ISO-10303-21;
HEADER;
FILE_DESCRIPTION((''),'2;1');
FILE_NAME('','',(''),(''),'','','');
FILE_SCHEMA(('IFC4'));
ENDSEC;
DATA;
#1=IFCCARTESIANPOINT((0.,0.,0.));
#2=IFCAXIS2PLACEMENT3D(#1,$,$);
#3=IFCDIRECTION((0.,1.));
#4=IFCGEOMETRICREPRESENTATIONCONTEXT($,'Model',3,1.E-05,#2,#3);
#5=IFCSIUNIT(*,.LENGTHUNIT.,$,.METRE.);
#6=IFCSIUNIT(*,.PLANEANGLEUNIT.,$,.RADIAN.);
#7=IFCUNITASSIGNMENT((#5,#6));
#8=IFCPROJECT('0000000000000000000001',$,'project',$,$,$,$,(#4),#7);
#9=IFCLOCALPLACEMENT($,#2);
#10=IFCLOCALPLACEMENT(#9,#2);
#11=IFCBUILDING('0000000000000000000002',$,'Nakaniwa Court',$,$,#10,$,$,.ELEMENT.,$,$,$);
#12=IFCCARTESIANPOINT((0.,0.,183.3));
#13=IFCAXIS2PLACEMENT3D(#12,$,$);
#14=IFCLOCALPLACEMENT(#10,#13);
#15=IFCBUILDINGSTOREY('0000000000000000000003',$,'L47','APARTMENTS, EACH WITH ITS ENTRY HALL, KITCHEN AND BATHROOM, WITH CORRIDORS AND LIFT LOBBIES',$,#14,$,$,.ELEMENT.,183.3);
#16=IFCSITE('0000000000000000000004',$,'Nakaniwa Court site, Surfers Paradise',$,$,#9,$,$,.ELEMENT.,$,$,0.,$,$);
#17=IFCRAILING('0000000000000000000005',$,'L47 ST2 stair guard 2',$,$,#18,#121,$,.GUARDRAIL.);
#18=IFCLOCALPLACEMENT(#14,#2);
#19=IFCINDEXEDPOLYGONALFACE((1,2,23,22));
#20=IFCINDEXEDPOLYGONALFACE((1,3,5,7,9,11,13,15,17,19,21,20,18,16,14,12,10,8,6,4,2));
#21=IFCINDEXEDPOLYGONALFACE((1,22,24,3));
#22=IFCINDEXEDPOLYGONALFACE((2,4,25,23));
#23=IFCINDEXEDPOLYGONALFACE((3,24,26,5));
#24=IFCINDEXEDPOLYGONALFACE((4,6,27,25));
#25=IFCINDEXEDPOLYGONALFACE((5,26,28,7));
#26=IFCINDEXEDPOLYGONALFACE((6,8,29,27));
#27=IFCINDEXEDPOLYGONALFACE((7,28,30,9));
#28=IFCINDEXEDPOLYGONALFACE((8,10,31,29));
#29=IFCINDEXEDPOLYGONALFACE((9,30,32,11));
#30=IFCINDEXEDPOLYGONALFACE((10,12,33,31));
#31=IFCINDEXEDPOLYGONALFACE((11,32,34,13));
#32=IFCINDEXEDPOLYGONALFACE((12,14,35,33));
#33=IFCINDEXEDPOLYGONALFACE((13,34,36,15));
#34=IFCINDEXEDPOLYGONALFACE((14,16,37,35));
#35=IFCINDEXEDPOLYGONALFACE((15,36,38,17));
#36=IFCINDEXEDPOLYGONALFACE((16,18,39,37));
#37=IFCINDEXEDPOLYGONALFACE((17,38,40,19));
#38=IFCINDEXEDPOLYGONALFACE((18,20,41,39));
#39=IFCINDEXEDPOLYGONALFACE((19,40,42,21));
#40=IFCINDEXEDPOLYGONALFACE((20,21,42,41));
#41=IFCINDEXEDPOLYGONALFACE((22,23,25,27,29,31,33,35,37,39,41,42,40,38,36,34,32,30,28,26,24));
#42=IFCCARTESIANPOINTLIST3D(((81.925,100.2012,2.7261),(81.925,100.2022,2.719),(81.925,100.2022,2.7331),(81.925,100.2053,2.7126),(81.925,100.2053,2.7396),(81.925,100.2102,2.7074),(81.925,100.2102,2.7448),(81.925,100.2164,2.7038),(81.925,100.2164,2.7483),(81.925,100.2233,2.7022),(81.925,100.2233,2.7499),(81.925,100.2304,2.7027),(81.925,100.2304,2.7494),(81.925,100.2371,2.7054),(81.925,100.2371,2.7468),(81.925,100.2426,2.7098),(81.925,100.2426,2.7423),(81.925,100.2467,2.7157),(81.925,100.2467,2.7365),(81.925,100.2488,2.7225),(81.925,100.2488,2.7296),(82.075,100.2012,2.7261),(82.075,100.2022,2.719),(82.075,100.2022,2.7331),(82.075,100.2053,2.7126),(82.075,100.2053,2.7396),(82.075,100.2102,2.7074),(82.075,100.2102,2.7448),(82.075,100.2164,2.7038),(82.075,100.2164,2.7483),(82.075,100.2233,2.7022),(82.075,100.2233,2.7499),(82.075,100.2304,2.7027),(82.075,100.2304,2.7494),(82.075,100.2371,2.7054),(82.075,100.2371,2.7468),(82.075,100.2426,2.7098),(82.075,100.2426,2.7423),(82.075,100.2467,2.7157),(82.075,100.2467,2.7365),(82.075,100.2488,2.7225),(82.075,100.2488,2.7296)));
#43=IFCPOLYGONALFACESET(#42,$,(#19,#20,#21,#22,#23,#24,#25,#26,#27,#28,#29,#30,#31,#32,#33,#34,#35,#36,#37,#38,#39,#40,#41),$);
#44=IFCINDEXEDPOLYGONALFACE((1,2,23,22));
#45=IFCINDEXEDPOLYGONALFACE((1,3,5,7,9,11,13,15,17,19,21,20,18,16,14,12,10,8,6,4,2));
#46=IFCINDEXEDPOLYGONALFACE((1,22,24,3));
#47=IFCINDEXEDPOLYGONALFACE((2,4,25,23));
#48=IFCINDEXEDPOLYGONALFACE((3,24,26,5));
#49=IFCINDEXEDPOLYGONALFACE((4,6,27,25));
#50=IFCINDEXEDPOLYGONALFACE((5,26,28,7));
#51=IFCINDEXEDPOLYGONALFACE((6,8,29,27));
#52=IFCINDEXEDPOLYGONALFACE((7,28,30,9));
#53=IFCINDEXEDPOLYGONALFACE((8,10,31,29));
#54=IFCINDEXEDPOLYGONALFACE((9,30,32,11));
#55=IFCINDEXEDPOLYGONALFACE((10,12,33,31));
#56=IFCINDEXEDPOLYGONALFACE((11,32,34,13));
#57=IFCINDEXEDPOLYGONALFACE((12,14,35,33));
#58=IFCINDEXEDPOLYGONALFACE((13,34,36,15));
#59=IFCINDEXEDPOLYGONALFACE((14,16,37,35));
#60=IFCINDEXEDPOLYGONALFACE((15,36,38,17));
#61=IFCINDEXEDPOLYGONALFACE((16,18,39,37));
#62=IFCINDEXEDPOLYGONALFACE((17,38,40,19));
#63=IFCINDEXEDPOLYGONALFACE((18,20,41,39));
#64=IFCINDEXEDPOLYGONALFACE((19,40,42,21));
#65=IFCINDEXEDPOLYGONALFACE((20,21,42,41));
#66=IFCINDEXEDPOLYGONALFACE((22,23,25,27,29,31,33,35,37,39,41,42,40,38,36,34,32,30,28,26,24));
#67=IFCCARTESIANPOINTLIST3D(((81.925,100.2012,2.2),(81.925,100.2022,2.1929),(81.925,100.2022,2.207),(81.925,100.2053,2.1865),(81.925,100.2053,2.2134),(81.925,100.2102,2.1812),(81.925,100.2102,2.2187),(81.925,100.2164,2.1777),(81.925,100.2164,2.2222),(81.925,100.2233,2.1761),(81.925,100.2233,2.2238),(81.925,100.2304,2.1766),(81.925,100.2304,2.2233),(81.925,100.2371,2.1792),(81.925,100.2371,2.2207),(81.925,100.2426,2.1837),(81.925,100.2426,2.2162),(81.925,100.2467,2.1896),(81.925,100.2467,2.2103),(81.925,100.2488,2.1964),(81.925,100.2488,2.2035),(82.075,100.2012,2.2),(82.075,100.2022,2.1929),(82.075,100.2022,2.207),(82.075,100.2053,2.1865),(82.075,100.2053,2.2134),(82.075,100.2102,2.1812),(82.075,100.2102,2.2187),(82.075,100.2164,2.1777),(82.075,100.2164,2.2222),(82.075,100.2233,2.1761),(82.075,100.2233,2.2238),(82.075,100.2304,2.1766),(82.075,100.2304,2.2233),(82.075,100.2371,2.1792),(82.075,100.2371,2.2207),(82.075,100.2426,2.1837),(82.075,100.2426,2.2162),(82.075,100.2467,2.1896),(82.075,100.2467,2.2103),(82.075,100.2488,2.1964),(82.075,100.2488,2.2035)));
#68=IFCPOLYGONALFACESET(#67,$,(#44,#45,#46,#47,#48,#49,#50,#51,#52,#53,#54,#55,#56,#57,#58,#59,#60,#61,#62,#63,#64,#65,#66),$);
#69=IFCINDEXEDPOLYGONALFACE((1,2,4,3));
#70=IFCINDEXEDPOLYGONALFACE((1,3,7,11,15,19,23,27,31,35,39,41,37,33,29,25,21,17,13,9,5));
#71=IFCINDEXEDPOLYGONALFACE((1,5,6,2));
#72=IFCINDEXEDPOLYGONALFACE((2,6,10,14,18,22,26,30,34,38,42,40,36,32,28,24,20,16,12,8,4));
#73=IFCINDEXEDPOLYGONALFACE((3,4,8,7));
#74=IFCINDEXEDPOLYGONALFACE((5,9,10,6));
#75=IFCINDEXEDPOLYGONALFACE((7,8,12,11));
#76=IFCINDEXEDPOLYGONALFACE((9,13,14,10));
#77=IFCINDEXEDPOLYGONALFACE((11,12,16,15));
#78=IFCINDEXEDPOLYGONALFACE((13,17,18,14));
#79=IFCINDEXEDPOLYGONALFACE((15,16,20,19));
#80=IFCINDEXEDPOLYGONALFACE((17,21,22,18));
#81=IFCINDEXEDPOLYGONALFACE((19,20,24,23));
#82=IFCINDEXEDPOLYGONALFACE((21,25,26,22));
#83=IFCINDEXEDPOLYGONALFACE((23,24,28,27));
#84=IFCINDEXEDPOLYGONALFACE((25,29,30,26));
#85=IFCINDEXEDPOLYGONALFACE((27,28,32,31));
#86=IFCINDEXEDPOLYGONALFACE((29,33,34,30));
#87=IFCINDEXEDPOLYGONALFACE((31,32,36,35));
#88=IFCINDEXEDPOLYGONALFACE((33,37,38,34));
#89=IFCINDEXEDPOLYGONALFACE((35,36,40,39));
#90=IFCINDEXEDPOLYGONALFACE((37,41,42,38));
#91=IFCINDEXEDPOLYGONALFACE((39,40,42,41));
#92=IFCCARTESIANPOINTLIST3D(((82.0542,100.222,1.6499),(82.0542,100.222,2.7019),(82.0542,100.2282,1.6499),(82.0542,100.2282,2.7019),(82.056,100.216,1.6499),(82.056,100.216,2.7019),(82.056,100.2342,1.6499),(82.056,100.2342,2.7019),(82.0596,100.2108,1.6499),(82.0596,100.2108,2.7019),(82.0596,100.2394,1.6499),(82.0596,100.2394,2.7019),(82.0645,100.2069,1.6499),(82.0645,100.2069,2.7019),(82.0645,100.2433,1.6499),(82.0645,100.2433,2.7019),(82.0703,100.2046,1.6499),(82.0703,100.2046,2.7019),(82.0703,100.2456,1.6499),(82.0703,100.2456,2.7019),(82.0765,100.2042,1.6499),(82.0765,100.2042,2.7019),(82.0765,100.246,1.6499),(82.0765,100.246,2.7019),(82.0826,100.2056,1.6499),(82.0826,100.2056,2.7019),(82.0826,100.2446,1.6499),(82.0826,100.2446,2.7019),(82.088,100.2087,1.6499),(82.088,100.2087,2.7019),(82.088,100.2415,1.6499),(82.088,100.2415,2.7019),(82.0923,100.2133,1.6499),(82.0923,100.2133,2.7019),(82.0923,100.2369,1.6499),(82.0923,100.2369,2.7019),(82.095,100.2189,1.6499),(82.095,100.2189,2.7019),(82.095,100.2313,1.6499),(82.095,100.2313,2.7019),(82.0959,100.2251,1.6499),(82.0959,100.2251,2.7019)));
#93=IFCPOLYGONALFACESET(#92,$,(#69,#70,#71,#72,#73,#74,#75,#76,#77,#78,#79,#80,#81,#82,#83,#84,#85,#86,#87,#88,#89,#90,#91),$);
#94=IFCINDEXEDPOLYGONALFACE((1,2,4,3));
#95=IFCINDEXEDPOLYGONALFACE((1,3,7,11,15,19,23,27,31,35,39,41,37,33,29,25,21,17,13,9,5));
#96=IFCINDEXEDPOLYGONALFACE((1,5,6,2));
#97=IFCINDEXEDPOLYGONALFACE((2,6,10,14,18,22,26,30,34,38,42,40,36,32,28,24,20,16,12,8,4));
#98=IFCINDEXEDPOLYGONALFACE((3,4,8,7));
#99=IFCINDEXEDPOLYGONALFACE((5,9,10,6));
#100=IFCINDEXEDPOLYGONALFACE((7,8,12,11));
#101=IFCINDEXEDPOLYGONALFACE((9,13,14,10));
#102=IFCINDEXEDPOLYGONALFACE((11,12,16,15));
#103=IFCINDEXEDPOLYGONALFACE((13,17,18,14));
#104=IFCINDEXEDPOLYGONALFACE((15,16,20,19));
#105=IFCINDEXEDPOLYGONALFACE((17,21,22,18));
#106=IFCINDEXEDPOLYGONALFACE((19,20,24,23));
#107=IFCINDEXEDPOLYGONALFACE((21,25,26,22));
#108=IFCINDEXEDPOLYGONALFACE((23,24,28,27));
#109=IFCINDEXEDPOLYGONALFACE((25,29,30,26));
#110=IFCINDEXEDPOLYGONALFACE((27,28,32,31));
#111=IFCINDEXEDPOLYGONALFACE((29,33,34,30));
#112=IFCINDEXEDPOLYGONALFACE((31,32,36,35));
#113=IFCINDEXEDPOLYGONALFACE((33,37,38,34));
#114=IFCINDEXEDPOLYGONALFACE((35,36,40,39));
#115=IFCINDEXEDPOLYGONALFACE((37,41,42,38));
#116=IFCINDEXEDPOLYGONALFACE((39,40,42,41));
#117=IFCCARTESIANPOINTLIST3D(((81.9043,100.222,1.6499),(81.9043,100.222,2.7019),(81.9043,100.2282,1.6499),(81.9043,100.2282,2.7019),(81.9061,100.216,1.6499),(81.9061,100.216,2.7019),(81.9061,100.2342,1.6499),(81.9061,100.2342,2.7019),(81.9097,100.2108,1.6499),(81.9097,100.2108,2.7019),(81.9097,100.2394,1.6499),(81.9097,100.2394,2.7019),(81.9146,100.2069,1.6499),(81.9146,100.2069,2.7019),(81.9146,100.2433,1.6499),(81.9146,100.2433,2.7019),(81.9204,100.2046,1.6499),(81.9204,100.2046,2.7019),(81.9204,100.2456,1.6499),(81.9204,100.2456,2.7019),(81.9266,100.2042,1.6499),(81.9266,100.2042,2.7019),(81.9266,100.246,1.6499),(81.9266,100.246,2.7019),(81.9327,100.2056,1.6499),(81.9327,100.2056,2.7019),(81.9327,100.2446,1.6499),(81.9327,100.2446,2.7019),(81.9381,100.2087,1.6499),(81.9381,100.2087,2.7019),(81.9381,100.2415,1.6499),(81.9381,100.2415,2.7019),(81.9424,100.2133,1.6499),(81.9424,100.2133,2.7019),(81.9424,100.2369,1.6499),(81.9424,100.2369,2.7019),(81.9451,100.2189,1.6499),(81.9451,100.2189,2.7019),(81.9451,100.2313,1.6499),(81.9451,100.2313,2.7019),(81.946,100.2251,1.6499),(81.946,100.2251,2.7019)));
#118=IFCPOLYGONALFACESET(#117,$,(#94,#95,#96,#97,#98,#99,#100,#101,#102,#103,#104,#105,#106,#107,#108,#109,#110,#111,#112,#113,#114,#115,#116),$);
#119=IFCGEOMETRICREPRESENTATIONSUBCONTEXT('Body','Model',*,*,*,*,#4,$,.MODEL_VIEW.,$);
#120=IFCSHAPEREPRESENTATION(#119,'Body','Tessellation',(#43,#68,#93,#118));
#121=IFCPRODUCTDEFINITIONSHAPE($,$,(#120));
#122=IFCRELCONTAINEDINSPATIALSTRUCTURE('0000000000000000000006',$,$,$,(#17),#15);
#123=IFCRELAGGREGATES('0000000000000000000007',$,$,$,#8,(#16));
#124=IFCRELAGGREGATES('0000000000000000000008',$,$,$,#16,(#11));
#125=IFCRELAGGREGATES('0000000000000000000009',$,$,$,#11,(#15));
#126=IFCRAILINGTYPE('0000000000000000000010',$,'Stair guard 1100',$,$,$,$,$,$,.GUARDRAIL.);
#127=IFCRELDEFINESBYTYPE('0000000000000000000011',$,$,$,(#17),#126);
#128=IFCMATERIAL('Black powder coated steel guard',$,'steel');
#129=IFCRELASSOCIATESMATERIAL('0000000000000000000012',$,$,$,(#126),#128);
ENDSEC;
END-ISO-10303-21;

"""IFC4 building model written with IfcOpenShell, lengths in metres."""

from ifc_helpers import new_model, si_unit, direction, frame, origin, origin_2d, place, context, subcontext, project, spatial, circle, extrude, material, type_object, element, save


model = new_model("IFC4")

# Units and contexts
model_context = context("Model", 3, precision=1e-05, world=origin(), true_north=direction((0.0, 1.0)))
body_context = subcontext(model_context, "Body", "Model", "MODEL_VIEW")
ifc_project = project(units=[si_unit("LENGTHUNIT", "METRE"), si_unit("PLANEANGLEUNIT", "RADIAN")], contexts=[model_context])

# Site, building, storey
site_placement = place(None, origin())
site = spatial("IfcSite", under=ifc_project, at=site_placement, Name="Nakaniwa Court site, Surfers Paradise", CompositionType="ELEMENT", RefElevation=0.0)
building_placement = place(site_placement, origin())
building = spatial("IfcBuilding", under=site, at=building_placement, Name="Nakaniwa Court", CompositionType="ELEMENT")
storey_placement = place(building_placement, frame((0.0, 0.0, 183.3)))
storey = spatial("IfcBuildingStorey", under=building, at=storey_placement, Name="L47", Description="APARTMENTS, EACH WITH ITS ENTRY HALL, KITCHEN AND BATHROOM, WITH CORRIDORS AND LIFT LOBBIES", CompositionType="ELEMENT", Elevation=183.3)

# Railing
ifc_material_1 = material(Name="Black powder coated steel guard", Category="steel")
railing_type_1 = type_object("IfcRailingType", Name="Stair guard 1100", PredefinedType="GUARDRAIL", material=ifc_material_1)
railing_1_placement = place(storey_placement, frame((82.075, 100.2251, 1.6499)))
element("IfcRailing", 1, at=railing_1_placement, inside=storey, type_object=railing_type_1, Name="L47 ST2 stair guard 2", PredefinedType="GUARDRAIL", context=body_context, shape_type="SweptSolid", body=[
    extrude(circle(Radius=0.0239, at=origin_2d()), frame((0.0, 0.0, 1.0762), z_axis=(-1.0, 0.0, 0.0), x_axis=(0.0, -1.0, 0.0)), (0.0, 0.0, 1.0), 0.1499),
    extrude(circle(Radius=0.0239, at=origin_2d()), frame((0.0, 0.0, 0.55), z_axis=(-1.0, 0.0, 0.0), x_axis=(0.0, -1.0, 0.0)), (0.0, 0.0, 1.0), 0.1499),
    extrude(circle(Radius=0.021, at=origin_2d()), origin(), (0.0, 0.0, 1.0), 1.052),
    extrude(circle(Radius=0.021, at=origin_2d()), frame((-0.1499, 0.0, 0.0)), (0.0, 0.0, 1.0), 1.052),
])

save(model, "model.ifc")
